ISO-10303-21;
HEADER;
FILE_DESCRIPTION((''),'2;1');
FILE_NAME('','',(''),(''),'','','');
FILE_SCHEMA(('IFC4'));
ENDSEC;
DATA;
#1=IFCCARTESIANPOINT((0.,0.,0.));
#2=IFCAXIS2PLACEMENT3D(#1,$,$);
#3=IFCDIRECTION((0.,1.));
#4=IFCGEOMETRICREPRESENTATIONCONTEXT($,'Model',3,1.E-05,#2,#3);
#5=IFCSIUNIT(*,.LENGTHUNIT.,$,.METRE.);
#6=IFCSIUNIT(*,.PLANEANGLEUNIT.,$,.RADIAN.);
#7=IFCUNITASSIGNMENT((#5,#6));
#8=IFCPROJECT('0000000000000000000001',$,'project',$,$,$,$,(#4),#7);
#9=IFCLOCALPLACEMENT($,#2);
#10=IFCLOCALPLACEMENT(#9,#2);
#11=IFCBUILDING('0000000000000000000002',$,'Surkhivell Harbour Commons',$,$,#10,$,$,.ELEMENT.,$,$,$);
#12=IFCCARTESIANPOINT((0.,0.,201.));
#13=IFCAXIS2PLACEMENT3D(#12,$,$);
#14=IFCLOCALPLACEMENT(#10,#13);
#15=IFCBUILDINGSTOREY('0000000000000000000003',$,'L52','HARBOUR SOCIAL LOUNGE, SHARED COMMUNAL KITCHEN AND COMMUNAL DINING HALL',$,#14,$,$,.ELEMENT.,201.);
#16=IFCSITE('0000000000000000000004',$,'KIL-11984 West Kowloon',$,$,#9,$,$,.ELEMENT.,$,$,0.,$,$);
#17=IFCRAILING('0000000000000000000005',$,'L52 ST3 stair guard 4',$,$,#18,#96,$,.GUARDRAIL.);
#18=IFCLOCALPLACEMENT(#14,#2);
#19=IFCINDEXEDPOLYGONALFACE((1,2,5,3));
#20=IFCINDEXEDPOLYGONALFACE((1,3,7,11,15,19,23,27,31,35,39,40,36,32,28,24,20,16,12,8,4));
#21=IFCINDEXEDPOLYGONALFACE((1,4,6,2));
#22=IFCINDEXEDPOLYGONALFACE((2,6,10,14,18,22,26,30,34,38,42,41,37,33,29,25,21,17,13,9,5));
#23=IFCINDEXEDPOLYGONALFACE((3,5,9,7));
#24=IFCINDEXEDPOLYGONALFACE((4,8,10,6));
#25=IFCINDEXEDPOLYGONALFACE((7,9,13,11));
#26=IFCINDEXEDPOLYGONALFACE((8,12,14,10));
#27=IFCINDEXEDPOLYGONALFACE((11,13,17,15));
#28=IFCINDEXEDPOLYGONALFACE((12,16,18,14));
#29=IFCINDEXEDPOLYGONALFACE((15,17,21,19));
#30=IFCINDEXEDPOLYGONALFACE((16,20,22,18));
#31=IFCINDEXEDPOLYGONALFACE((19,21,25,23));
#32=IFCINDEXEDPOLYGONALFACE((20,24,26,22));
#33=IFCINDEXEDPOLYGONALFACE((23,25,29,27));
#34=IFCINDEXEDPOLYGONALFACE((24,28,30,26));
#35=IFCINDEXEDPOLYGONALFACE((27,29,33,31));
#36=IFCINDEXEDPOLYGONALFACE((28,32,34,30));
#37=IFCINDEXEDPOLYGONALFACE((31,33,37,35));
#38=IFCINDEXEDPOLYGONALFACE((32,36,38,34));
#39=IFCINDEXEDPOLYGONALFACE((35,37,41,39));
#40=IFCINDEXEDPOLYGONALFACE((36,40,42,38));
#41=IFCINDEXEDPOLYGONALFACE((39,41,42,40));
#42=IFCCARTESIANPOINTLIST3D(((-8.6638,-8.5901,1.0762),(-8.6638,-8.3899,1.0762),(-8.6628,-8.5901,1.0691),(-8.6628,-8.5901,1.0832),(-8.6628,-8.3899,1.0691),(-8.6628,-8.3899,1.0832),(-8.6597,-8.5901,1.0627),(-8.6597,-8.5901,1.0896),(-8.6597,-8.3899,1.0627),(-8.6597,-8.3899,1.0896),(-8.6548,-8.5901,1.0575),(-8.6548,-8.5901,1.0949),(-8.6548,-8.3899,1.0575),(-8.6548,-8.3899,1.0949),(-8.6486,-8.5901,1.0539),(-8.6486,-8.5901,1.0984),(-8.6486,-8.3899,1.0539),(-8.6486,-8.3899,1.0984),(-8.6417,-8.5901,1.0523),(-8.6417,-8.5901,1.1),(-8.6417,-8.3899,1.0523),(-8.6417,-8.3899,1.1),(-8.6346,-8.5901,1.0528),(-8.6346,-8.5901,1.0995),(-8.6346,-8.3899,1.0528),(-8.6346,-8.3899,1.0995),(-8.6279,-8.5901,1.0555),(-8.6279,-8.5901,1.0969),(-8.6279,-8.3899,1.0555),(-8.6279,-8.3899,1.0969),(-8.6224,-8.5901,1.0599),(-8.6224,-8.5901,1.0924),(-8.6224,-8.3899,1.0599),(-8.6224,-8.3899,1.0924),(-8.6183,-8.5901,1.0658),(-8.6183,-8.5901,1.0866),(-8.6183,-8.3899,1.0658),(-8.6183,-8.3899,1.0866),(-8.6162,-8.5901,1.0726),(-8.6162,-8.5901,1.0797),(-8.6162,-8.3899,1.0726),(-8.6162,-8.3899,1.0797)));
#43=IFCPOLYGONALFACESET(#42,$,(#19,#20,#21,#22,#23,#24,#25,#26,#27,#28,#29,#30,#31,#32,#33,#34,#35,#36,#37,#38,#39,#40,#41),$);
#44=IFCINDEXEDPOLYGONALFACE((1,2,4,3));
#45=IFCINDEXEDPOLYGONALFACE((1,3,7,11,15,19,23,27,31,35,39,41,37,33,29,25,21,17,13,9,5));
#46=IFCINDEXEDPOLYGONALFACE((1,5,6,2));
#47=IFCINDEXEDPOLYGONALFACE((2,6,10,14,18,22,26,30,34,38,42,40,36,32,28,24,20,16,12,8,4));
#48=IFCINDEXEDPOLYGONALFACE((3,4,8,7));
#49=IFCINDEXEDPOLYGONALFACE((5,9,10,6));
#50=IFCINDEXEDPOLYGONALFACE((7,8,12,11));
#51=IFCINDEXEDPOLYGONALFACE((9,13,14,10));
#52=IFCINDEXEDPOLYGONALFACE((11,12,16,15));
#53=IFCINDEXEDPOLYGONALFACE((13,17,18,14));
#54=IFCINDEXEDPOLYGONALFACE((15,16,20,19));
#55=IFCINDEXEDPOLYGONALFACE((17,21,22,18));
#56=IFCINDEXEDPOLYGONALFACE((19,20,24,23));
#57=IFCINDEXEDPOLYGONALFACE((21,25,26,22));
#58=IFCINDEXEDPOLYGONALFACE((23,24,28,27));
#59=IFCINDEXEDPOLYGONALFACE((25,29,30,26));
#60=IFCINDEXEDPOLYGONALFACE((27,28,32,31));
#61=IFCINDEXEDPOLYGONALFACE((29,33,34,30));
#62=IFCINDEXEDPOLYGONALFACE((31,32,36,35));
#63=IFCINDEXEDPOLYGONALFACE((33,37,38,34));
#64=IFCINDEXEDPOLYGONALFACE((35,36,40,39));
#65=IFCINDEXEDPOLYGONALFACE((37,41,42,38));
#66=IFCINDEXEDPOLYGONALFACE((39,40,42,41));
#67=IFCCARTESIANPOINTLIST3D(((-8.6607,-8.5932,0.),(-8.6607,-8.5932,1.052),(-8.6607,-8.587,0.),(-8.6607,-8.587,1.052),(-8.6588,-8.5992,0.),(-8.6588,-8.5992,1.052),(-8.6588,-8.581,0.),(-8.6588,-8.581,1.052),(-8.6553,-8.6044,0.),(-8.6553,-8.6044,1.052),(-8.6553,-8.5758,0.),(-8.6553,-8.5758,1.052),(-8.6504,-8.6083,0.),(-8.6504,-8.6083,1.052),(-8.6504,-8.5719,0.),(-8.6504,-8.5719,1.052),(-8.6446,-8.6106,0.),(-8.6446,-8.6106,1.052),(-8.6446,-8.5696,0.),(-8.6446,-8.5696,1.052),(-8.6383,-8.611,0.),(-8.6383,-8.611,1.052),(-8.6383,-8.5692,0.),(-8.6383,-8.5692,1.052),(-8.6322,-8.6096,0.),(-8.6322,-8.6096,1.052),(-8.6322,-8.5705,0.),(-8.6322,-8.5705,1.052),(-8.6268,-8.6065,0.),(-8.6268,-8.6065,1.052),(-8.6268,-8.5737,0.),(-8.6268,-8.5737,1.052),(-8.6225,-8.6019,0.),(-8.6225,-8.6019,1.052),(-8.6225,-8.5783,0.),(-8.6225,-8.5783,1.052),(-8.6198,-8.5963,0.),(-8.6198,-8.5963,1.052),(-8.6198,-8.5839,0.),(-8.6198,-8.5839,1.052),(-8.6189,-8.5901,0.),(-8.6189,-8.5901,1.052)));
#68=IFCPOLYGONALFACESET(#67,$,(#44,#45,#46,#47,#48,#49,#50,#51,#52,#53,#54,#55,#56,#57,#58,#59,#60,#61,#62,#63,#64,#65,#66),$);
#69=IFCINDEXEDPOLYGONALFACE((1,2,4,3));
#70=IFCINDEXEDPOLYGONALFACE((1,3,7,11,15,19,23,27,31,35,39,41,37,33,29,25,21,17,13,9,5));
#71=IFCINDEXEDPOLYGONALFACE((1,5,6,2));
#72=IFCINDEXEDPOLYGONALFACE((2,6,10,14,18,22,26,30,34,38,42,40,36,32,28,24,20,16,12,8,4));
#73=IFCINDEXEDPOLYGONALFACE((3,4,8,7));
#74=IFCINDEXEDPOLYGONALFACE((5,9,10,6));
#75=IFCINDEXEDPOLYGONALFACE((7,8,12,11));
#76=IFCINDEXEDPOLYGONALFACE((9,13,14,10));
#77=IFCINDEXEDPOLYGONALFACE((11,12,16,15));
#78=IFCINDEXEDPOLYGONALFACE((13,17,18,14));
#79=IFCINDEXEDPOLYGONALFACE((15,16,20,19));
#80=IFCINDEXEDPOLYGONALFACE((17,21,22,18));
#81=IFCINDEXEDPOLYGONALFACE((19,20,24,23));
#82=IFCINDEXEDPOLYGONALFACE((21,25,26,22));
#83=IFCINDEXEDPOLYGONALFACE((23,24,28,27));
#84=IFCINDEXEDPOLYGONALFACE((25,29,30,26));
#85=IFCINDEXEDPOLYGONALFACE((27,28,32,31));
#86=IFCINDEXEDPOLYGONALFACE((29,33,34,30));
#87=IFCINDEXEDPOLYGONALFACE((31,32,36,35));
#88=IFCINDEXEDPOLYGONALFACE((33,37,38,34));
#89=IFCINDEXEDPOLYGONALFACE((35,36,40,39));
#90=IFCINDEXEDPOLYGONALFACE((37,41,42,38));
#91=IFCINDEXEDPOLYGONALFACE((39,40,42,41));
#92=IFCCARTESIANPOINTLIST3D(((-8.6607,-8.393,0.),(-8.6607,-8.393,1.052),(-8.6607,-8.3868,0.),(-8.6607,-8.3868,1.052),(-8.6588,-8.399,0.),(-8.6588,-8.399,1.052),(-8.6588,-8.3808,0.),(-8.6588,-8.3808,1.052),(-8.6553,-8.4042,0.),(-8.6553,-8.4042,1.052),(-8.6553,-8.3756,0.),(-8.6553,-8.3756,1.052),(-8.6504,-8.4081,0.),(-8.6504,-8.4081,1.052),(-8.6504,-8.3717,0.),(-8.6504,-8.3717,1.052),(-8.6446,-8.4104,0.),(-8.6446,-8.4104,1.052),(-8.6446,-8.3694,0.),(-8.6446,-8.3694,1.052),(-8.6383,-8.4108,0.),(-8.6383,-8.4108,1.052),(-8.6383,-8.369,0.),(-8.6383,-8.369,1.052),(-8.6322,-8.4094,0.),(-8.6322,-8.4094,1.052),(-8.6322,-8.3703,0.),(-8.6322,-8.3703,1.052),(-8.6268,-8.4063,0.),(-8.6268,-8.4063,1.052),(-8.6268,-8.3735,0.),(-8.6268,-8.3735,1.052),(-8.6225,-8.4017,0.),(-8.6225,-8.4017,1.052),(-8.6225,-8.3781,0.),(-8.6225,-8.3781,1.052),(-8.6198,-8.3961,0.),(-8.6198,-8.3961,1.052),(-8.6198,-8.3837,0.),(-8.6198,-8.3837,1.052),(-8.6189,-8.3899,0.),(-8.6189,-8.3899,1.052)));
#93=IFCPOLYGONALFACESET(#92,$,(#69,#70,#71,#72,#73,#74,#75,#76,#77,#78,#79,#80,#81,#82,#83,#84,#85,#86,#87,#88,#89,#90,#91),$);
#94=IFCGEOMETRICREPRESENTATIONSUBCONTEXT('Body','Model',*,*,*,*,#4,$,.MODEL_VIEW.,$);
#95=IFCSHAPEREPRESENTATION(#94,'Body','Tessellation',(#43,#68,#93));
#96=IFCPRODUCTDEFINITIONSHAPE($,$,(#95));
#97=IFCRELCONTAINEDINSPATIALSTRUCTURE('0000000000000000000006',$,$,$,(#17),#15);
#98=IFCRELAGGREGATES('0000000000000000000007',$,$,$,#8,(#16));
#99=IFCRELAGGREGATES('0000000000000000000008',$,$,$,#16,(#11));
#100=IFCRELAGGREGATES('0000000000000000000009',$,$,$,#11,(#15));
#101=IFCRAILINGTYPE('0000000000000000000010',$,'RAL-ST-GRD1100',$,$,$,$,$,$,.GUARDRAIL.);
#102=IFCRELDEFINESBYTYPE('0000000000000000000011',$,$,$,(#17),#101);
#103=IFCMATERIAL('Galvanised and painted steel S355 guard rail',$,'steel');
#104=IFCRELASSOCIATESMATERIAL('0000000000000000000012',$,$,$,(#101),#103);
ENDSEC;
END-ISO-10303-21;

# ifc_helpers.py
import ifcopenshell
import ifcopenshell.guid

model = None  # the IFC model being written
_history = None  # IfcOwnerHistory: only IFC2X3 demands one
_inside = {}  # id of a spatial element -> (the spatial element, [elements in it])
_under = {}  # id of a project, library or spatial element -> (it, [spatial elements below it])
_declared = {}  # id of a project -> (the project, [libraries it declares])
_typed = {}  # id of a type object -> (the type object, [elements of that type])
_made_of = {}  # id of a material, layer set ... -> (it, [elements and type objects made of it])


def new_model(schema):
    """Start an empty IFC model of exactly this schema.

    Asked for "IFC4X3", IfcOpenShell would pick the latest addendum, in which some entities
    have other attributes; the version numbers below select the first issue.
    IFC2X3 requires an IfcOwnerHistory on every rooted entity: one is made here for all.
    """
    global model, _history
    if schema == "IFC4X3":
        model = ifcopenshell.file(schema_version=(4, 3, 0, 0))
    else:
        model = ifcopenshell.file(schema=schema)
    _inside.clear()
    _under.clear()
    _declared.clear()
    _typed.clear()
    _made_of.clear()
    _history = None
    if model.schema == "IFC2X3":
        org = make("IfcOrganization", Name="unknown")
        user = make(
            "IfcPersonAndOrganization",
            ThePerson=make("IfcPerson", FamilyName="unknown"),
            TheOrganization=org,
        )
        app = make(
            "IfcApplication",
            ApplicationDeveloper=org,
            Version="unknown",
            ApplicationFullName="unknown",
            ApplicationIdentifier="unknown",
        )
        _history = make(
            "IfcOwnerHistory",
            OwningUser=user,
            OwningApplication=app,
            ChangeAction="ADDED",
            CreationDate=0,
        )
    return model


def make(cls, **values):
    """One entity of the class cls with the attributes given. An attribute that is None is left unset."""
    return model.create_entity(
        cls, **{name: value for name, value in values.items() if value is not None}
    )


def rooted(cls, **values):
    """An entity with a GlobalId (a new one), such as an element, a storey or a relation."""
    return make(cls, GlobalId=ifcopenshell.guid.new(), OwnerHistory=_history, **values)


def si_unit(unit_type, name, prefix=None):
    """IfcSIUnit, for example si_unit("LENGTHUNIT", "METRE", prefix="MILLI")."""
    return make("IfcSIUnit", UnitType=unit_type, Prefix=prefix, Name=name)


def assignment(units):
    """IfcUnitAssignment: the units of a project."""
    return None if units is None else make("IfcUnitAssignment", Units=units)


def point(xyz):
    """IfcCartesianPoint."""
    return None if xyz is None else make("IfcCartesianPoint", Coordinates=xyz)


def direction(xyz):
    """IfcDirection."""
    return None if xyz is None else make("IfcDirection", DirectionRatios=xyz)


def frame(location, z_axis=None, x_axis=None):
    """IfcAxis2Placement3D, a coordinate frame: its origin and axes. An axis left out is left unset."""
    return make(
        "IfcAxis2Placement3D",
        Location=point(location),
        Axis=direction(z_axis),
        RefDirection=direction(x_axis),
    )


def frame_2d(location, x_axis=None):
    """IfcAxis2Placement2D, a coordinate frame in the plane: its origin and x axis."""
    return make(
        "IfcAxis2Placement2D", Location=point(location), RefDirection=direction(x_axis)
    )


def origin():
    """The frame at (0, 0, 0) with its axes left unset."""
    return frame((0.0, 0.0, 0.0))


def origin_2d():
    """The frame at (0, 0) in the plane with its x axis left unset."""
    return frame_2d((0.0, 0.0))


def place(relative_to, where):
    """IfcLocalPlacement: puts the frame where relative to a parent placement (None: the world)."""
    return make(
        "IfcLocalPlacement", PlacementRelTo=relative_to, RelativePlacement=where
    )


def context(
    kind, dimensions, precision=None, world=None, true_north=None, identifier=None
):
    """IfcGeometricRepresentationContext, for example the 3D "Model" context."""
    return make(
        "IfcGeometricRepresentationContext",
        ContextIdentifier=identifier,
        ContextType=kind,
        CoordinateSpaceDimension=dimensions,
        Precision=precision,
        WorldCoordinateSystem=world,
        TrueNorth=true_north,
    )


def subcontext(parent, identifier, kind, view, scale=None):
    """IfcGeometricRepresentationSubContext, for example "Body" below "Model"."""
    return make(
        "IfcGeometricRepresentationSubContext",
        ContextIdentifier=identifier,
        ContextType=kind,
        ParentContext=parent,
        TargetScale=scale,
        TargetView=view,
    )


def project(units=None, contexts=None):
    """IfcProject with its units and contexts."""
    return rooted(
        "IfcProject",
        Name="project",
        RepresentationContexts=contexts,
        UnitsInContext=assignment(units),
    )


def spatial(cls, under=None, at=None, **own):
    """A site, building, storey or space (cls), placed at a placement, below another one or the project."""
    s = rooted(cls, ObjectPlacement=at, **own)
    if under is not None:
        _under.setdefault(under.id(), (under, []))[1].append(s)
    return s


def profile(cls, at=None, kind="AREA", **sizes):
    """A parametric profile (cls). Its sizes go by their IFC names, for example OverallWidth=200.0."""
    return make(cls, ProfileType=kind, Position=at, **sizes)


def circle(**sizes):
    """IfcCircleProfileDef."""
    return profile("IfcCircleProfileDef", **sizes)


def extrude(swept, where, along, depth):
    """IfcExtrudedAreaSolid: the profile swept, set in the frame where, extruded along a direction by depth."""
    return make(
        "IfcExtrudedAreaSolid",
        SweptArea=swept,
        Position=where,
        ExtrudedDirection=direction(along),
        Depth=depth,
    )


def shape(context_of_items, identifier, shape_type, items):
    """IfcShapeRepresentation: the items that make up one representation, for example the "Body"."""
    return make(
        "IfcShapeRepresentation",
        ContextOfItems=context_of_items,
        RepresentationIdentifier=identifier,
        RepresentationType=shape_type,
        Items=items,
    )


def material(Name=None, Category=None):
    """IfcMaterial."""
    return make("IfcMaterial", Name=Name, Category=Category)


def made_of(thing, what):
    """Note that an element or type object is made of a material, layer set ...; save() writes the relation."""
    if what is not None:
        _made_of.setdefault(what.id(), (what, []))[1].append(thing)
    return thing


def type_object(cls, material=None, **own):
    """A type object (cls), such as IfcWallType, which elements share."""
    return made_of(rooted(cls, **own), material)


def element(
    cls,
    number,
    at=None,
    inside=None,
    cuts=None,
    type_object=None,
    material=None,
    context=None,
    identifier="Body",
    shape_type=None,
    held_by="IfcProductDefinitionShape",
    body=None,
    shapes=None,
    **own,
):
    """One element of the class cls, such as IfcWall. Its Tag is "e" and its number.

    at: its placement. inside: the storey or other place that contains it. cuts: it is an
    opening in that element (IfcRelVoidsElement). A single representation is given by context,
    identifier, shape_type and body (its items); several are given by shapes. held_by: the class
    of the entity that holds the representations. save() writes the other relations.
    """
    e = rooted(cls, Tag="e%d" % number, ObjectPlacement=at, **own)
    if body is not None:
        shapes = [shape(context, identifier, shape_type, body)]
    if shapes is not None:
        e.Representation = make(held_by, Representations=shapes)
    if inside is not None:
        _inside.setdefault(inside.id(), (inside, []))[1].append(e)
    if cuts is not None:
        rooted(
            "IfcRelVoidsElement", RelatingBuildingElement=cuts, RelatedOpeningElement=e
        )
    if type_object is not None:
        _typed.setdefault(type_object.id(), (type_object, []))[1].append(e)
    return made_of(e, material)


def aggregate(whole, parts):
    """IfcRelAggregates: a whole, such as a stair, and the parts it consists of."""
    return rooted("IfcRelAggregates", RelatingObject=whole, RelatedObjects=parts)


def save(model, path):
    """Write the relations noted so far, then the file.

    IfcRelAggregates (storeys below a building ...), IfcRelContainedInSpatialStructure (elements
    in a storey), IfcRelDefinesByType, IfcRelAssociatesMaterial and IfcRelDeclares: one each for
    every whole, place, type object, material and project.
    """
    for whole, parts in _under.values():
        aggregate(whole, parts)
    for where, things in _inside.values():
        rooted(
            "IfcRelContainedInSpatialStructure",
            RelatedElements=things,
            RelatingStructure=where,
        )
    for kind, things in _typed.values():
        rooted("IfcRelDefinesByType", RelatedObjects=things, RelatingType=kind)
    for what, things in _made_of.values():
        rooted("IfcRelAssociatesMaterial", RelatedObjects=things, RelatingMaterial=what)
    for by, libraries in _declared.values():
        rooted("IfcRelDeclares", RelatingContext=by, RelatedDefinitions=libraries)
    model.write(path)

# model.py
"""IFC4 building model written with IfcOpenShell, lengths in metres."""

from ifc_helpers import new_model, si_unit, direction, frame, origin, origin_2d, place, context, subcontext, project, spatial, circle, extrude, material, type_object, element, save


model = new_model("IFC4")

# Units and contexts
model_context = context("Model", 3, precision=1e-05, world=origin(), true_north=direction((0.0, 1.0)))
body_context = subcontext(model_context, "Body", "Model", "MODEL_VIEW")
ifc_project = project(units=[si_unit("LENGTHUNIT", "METRE"), si_unit("PLANEANGLEUNIT", "RADIAN")], contexts=[model_context])

# Site, building, storey
site_placement = place(None, origin())
site = spatial("IfcSite", under=ifc_project, at=site_placement, Name="KIL-11984 West Kowloon", CompositionType="ELEMENT", RefElevation=0.0)
building_placement = place(site_placement, origin())
building = spatial("IfcBuilding", under=site, at=building_placement, Name="Surkhivell Harbour Commons", CompositionType="ELEMENT")
storey_placement = place(building_placement, frame((0.0, 0.0, 201.0)))
storey = spatial("IfcBuildingStorey", under=building, at=storey_placement, Name="L52", Description="HARBOUR SOCIAL LOUNGE, SHARED COMMUNAL KITCHEN AND COMMUNAL DINING HALL", CompositionType="ELEMENT", Elevation=201.0)

# Railing
ifc_material_1 = material(Name="Galvanised and painted steel S355 guard rail", Category="steel")
railing_type_1 = type_object("IfcRailingType", Name="RAL-ST-GRD1100", PredefinedType="GUARDRAIL", material=ifc_material_1)
railing_1_placement = place(storey_placement, frame((-8.6399, -8.5901, 0.0)))
element("IfcRailing", 1, at=railing_1_placement, inside=storey, type_object=railing_type_1, Name="L52 ST3 stair guard 4", PredefinedType="GUARDRAIL", context=body_context, shape_type="SweptSolid", body=[
    extrude(circle(Radius=0.0239, at=origin_2d()), frame((0.0, 0.0, 1.0762), z_axis=(0.0, 1.0, 0.0), x_axis=(-1.0, 0.0, 0.0)), (0.0, 0.0, 1.0), 0.2002),
    extrude(circle(Radius=0.021, at=origin_2d()), origin(), (0.0, 0.0, 1.0), 1.052),
    extrude(circle(Radius=0.021, at=origin_2d()), frame((0.0, 0.2002, 0.0)), (0.0, 0.0, 1.0), 1.052),
])

save(model, "model.ifc")
